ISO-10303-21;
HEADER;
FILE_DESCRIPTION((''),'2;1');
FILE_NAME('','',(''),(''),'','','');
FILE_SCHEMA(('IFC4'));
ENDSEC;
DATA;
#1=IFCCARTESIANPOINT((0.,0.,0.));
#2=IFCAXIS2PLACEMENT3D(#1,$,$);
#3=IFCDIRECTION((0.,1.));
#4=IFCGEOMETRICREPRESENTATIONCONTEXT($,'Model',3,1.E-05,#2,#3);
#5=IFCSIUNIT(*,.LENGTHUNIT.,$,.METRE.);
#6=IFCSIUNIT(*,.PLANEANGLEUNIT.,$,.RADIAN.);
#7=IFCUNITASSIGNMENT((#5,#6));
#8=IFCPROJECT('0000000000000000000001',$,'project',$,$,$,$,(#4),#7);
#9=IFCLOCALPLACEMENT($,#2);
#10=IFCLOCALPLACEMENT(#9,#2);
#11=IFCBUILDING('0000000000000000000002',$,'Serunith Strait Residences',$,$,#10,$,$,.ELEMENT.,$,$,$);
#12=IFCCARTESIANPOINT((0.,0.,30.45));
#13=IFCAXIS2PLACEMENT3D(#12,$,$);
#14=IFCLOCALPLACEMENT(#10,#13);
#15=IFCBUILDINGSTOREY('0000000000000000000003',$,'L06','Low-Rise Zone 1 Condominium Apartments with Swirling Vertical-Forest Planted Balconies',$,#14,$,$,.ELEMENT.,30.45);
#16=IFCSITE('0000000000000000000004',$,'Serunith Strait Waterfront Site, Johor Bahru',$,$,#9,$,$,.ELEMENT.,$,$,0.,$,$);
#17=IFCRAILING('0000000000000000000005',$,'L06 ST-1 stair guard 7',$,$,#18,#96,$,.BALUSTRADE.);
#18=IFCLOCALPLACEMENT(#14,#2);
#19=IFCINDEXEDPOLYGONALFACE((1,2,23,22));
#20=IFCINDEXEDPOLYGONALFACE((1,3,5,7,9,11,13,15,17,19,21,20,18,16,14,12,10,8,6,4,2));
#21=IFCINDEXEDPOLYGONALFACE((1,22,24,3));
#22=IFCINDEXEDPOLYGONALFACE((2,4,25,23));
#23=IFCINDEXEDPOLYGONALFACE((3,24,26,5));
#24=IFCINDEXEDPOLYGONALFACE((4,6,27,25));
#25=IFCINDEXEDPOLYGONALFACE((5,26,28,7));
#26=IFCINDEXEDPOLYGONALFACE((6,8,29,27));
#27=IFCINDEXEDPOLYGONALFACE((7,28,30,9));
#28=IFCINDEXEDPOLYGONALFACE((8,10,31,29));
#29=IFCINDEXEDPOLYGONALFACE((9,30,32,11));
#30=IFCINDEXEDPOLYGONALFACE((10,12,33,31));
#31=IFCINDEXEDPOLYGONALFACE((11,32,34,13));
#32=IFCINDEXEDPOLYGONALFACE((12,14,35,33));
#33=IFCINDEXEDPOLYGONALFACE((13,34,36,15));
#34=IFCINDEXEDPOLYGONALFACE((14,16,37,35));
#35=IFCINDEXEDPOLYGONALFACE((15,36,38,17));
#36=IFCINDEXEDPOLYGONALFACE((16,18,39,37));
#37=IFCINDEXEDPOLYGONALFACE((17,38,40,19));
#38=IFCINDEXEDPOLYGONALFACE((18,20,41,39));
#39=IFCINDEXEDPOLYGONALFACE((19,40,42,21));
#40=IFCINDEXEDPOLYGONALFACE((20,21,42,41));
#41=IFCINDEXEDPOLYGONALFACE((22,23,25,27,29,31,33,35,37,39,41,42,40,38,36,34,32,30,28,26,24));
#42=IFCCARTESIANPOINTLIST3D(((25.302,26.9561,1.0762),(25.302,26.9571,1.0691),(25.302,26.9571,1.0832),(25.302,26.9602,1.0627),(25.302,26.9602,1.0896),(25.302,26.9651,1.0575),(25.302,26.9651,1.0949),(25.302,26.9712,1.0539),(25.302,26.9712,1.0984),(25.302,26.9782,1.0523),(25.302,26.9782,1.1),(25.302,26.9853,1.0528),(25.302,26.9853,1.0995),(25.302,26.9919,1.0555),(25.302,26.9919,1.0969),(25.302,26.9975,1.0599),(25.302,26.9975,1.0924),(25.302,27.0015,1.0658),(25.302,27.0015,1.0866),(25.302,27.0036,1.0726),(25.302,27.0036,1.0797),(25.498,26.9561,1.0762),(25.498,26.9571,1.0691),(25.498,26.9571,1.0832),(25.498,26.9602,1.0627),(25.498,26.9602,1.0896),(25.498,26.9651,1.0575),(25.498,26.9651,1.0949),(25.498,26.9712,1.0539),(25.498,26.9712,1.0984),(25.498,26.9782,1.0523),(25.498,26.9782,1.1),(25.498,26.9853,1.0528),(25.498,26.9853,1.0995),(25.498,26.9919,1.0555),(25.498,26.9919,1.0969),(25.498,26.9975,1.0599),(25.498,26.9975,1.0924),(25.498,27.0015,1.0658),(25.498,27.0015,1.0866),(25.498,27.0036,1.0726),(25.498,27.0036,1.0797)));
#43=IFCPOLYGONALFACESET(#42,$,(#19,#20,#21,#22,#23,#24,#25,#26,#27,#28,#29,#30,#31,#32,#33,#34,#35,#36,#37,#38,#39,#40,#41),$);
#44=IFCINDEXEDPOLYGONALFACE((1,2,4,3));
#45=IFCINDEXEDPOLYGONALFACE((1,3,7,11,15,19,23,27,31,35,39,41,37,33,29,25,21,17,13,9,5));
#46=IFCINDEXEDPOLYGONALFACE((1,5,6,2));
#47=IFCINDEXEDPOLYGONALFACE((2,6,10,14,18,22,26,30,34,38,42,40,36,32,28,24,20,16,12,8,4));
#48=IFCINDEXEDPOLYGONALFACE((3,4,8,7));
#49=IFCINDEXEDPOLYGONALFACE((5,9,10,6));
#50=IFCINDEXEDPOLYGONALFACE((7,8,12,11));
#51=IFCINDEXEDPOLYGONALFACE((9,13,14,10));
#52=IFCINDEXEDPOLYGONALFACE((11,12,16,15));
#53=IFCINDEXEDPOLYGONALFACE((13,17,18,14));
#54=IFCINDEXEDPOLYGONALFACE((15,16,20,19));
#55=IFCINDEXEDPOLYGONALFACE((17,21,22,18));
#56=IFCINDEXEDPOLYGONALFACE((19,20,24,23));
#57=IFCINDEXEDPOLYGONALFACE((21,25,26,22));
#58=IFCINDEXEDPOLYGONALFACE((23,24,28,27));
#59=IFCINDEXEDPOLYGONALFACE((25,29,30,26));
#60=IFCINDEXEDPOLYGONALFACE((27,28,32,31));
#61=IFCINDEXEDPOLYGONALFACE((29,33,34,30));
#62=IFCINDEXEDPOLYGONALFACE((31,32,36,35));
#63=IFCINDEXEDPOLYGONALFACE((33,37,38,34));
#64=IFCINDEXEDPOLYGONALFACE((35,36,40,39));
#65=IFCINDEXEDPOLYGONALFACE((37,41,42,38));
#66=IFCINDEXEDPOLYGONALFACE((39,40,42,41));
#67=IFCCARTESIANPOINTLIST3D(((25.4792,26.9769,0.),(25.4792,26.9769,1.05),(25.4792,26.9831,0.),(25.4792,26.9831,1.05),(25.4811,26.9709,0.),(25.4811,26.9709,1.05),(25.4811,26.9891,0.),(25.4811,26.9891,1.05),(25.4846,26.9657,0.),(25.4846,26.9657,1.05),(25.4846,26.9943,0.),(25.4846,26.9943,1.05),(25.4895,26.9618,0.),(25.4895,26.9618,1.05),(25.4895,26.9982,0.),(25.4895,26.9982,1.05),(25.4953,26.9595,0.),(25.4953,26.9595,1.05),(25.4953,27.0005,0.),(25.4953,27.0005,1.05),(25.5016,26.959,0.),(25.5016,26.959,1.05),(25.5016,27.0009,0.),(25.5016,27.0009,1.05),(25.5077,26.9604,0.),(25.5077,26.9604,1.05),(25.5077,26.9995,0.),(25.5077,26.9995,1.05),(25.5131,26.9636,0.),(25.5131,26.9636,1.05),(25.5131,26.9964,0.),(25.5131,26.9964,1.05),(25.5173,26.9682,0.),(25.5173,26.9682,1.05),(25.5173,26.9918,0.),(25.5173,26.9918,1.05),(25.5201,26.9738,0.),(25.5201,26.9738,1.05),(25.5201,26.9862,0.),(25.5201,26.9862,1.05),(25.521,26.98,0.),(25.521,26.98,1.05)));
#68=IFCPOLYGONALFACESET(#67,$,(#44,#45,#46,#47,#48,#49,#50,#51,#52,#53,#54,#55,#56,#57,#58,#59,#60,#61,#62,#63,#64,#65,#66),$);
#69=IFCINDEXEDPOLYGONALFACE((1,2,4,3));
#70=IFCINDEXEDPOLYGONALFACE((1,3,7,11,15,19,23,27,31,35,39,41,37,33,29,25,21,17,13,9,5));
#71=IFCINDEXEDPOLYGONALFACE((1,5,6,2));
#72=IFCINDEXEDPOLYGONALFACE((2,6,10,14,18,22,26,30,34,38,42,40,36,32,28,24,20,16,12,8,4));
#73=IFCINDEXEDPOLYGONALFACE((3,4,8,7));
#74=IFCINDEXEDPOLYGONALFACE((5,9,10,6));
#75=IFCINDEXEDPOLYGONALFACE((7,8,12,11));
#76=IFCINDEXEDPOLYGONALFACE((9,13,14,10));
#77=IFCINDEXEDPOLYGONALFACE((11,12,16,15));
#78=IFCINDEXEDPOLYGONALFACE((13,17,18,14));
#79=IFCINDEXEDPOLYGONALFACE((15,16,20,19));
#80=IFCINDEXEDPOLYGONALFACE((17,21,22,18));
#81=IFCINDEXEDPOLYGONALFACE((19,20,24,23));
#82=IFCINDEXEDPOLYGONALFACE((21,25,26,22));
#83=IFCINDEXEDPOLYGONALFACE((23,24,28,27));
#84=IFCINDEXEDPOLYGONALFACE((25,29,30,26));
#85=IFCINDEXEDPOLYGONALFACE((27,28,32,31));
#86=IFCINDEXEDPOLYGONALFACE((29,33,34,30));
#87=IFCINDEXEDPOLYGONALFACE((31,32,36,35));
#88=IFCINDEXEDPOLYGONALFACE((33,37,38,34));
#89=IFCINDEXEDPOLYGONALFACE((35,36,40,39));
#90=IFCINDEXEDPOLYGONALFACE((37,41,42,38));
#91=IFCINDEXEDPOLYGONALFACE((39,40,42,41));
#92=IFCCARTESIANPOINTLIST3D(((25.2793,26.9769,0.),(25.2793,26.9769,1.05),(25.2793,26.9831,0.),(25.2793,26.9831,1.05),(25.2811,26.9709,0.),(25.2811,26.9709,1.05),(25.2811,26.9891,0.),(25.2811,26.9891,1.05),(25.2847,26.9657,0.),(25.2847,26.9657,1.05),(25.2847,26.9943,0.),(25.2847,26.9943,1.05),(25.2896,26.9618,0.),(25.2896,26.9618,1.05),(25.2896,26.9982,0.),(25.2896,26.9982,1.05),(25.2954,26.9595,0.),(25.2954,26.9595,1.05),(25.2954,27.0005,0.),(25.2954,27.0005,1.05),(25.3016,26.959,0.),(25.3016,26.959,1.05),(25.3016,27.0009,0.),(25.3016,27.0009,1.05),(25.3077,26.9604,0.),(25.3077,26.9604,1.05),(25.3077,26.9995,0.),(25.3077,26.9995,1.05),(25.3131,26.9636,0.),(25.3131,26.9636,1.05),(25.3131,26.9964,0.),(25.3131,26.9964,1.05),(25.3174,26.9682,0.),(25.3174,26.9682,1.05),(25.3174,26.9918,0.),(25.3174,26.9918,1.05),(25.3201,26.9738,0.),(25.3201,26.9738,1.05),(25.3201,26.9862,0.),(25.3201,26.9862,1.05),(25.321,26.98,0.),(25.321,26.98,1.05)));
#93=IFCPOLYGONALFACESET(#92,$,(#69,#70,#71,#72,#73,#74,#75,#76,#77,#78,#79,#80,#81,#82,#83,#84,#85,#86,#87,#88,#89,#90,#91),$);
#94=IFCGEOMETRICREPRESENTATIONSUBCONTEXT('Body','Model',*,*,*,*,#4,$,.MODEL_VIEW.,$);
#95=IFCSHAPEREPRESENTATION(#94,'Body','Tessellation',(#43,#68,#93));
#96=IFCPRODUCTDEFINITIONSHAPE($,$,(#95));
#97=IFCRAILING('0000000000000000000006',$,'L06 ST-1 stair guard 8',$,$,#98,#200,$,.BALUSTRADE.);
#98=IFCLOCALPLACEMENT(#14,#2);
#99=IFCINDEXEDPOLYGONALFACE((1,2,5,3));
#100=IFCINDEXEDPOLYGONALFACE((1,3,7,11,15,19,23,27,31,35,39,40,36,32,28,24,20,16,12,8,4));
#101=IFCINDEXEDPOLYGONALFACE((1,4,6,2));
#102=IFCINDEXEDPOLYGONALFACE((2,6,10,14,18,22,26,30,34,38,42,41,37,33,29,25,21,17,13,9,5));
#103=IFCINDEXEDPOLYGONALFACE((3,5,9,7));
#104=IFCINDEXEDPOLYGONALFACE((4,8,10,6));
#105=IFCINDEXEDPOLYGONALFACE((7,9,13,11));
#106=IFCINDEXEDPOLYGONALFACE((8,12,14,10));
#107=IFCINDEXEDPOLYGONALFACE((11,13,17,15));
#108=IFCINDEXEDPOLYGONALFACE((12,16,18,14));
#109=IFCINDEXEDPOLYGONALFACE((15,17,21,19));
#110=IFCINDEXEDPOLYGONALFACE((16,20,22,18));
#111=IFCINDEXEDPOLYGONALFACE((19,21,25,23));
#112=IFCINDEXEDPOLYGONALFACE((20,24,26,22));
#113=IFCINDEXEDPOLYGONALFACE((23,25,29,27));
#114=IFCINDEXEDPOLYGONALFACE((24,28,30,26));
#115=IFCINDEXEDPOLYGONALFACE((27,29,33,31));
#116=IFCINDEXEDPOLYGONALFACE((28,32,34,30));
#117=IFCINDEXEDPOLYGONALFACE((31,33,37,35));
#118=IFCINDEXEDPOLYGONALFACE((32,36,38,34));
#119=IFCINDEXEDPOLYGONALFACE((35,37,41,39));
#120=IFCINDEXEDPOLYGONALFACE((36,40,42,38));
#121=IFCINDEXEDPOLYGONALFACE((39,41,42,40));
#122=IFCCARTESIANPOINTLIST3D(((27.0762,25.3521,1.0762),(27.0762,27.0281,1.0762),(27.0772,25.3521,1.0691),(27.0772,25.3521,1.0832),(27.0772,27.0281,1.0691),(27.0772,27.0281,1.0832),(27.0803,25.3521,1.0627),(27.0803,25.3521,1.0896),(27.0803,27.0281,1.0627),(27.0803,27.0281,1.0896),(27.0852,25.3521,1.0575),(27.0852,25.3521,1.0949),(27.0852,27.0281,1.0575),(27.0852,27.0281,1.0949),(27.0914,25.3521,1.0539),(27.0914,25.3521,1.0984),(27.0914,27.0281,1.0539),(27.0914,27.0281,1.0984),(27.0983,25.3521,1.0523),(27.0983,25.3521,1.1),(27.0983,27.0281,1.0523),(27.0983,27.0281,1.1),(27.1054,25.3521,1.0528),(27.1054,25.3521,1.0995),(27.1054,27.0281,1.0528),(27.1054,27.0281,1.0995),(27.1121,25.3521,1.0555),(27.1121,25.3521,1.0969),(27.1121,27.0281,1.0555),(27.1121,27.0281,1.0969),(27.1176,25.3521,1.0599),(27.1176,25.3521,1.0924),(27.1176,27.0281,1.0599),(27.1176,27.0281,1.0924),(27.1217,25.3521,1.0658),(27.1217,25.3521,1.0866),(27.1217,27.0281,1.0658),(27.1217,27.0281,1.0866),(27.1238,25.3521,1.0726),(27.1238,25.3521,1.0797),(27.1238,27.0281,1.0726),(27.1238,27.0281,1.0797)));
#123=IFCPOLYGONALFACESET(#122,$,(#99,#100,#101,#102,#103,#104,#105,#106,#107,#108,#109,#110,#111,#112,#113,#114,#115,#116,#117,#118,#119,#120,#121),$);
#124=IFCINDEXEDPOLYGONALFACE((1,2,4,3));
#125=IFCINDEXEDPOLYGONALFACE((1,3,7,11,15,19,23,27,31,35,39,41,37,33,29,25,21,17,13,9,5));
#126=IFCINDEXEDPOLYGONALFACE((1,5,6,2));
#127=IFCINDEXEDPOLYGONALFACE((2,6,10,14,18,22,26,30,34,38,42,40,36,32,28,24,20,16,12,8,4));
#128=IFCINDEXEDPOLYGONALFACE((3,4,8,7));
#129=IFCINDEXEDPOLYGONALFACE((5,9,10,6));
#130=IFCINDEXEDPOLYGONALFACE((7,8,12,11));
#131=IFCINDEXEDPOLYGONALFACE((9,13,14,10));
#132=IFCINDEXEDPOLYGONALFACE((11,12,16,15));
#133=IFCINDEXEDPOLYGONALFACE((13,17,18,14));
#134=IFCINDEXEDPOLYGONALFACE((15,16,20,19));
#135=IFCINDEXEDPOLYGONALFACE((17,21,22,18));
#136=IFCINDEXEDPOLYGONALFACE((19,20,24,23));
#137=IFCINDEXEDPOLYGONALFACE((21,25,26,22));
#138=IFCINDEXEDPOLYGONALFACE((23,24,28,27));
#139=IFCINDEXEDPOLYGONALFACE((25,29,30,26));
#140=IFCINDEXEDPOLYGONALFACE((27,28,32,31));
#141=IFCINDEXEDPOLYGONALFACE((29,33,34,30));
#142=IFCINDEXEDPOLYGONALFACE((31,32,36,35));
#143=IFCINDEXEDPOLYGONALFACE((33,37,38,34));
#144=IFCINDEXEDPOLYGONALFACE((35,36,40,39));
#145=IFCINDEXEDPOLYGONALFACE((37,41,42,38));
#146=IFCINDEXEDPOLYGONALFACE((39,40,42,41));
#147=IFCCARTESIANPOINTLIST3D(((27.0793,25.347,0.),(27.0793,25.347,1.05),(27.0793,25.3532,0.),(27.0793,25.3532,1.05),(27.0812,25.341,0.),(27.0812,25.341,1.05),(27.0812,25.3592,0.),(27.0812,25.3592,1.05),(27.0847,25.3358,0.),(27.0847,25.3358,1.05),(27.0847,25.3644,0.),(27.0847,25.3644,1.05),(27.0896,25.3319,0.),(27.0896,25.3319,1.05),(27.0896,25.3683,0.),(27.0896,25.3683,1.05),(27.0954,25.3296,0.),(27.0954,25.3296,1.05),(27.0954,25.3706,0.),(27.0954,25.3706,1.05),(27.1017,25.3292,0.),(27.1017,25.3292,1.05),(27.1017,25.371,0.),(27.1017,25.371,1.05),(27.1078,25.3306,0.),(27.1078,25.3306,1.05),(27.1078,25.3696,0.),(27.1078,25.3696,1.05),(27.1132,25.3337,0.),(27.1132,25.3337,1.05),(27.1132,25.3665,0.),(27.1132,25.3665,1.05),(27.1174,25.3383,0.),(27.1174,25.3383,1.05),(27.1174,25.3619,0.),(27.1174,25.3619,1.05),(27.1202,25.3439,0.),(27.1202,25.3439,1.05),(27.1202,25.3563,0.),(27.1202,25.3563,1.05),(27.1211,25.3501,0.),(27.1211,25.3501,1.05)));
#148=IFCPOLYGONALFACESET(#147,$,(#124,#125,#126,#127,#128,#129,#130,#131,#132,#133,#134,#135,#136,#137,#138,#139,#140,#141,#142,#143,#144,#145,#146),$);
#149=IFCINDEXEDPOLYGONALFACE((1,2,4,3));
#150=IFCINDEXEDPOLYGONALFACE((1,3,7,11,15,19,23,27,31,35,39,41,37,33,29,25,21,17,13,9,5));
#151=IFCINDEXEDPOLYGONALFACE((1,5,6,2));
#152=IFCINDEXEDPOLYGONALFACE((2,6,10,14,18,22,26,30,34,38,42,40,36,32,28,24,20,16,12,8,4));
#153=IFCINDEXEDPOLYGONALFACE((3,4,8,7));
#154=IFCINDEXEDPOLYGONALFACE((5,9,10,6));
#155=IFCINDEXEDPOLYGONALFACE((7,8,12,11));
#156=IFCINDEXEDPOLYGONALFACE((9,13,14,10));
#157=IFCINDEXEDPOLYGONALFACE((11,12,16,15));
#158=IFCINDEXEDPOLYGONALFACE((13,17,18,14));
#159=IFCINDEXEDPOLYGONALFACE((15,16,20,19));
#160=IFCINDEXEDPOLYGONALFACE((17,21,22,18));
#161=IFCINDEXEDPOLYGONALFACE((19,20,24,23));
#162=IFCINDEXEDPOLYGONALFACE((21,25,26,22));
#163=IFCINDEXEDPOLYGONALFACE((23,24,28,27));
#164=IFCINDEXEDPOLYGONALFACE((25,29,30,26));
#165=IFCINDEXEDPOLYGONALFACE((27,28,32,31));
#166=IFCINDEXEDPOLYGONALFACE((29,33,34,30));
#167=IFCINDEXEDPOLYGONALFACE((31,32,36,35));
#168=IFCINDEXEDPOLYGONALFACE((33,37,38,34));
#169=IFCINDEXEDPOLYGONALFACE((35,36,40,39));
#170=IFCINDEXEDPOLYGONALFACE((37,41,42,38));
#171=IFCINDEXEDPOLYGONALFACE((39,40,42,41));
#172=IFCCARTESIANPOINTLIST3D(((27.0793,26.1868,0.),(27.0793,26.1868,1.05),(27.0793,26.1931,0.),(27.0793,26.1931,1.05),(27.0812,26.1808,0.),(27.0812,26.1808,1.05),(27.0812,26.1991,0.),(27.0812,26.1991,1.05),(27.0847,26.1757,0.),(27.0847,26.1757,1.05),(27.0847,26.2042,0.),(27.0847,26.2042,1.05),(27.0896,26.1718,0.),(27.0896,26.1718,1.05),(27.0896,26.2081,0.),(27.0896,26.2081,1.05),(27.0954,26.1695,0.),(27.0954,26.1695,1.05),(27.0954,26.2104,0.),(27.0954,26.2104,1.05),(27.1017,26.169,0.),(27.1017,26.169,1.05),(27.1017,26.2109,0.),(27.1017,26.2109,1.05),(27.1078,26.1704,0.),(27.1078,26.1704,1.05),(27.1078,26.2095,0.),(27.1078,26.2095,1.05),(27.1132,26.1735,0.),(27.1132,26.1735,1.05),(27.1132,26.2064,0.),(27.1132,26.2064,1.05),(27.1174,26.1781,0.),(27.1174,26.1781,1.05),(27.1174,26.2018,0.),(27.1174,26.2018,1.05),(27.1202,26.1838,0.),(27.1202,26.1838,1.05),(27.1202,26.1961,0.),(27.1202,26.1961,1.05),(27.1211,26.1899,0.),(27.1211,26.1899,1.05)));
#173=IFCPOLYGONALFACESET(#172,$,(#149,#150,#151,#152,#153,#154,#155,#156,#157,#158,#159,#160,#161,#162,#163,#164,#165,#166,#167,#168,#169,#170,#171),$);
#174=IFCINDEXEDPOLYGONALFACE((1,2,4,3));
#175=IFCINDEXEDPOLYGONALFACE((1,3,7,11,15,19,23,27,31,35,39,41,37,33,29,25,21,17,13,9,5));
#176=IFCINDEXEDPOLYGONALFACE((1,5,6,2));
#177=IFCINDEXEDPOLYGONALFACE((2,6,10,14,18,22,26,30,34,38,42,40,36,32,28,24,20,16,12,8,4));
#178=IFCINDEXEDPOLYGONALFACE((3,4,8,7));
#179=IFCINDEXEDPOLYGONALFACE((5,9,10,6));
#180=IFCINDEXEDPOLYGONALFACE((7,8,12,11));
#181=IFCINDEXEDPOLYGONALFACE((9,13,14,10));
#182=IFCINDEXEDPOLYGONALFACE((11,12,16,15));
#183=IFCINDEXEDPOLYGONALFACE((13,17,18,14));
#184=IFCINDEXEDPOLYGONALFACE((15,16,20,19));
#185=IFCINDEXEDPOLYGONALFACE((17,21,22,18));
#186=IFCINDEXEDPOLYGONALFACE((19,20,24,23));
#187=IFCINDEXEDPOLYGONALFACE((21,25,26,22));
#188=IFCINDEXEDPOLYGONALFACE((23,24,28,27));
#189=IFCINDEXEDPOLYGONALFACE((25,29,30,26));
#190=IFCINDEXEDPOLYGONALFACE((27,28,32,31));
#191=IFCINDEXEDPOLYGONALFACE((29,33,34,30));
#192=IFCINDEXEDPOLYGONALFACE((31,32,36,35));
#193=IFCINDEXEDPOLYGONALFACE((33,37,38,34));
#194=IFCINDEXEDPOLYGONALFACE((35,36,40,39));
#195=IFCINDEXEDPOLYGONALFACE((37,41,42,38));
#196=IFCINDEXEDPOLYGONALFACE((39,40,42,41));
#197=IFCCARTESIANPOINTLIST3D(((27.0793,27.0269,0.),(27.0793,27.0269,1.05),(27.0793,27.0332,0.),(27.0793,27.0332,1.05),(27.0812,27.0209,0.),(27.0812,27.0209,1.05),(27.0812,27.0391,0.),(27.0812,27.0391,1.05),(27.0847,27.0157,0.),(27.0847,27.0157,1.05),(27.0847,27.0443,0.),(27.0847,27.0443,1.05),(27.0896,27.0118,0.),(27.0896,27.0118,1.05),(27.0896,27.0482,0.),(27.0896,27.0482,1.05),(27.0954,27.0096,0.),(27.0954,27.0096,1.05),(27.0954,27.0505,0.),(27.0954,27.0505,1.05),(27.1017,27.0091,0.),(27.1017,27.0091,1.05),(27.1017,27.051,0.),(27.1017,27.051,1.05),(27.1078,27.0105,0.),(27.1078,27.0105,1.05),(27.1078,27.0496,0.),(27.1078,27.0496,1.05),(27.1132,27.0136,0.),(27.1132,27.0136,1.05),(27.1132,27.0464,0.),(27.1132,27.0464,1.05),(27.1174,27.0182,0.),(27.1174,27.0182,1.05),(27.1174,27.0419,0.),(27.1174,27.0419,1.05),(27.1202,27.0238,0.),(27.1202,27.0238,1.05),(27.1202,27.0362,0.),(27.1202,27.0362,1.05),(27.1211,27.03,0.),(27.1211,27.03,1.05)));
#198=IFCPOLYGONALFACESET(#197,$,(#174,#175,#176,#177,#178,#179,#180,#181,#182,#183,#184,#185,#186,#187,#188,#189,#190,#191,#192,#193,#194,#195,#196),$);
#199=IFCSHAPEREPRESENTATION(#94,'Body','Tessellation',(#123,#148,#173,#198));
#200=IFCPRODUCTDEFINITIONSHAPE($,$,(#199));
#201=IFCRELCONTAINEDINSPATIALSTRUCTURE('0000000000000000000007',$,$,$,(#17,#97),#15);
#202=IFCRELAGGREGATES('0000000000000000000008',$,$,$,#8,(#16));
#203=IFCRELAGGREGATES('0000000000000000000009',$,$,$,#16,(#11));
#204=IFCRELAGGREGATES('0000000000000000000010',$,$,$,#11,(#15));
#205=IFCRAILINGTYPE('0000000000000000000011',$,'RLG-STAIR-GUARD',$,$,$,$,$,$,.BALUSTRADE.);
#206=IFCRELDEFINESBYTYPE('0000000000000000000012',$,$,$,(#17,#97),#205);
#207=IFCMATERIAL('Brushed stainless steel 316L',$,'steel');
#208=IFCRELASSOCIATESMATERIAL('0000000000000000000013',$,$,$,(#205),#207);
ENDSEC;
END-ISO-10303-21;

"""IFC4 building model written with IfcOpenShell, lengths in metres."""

from ifc_helpers import new_model, si_unit, direction, frame, origin, origin_2d, place, context, subcontext, project, spatial, circle, extrude, material, type_object, element, save


model = new_model("IFC4")

# Units and contexts
model_context = context("Model", 3, precision=1e-05, world=origin(), true_north=direction((0.0, 1.0)))
body_context = subcontext(model_context, "Body", "Model", "MODEL_VIEW")
ifc_project = project(units=[si_unit("LENGTHUNIT", "METRE"), si_unit("PLANEANGLEUNIT", "RADIAN")], contexts=[model_context])

# Site, building, storey
site_placement = place(None, origin())
site = spatial("IfcSite", under=ifc_project, at=site_placement, Name="Serunith Strait Waterfront Site, Johor Bahru", CompositionType="ELEMENT", RefElevation=0.0)
building_placement = place(site_placement, origin())
building = spatial("IfcBuilding", under=site, at=building_placement, Name="Serunith Strait Residences", CompositionType="ELEMENT")
storey_placement = place(building_placement, frame((0.0, 0.0, 30.45)))
storey = spatial("IfcBuildingStorey", under=building, at=storey_placement, Name="L06", Description="Low-Rise Zone 1 Condominium Apartments with Swirling Vertical-Forest Planted Balconies", CompositionType="ELEMENT", Elevation=30.45)

# Railings
ifc_material_1 = material(Name="Brushed stainless steel 316L", Category="steel")
railing_type_1 = type_object("IfcRailingType", Name="RLG-STAIR-GUARD", PredefinedType="BALUSTRADE", material=ifc_material_1)
railing_1_placement = place(storey_placement, frame((25.5, 26.98, 0.0)))
element("IfcRailing", 1, at=railing_1_placement, inside=storey, type_object=railing_type_1, Name="L06 ST-1 stair guard 7", PredefinedType="BALUSTRADE", context=body_context, shape_type="SweptSolid", body=[
    extrude(circle(Radius=0.0239, at=origin_2d()), frame((-0.002, 0.0, 1.0762), z_axis=(-1.0, 0.0, 0.0), x_axis=(0.0, -1.0, 0.0)), (0.0, 0.0, 1.0), 0.196),
    extrude(circle(Radius=0.021, at=origin_2d()), origin(), (0.0, 0.0, 1.0), 1.05),
    extrude(circle(Radius=0.021, at=origin_2d()), frame((-0.2, 0.0, 0.0)), (0.0, 0.0, 1.0), 1.05),
])
for number, where, name in (
    (2, (27.1001, 25.3501, 0.0), "L06 ST-1 stair guard 8"),
):
    element("IfcRailing", number, at=place(storey_placement, frame(where)), inside=storey, type_object=railing_type_1, Name=name, PredefinedType="BALUSTRADE", context=body_context, shape_type="SweptSolid", body=[
        extrude(circle(Radius=0.0239, at=origin_2d()), frame((0.0, 0.002, 1.0762), z_axis=(0.0, 1.0, 0.0), x_axis=(-1.0, 0.0, 0.0)), (0.0, 0.0, 1.0), 1.676),
        extrude(circle(Radius=0.021, at=origin_2d()), origin(), (0.0, 0.0, 1.0), 1.05),
        extrude(circle(Radius=0.021, at=origin_2d()), frame((0.0, 0.8398, 0.0)), (0.0, 0.0, 1.0), 1.05),
        extrude(circle(Radius=0.021, at=origin_2d()), frame((0.0, 1.6799, 0.0)), (0.0, 0.0, 1.0), 1.05),
    ])

save(model, "model.ifc")
